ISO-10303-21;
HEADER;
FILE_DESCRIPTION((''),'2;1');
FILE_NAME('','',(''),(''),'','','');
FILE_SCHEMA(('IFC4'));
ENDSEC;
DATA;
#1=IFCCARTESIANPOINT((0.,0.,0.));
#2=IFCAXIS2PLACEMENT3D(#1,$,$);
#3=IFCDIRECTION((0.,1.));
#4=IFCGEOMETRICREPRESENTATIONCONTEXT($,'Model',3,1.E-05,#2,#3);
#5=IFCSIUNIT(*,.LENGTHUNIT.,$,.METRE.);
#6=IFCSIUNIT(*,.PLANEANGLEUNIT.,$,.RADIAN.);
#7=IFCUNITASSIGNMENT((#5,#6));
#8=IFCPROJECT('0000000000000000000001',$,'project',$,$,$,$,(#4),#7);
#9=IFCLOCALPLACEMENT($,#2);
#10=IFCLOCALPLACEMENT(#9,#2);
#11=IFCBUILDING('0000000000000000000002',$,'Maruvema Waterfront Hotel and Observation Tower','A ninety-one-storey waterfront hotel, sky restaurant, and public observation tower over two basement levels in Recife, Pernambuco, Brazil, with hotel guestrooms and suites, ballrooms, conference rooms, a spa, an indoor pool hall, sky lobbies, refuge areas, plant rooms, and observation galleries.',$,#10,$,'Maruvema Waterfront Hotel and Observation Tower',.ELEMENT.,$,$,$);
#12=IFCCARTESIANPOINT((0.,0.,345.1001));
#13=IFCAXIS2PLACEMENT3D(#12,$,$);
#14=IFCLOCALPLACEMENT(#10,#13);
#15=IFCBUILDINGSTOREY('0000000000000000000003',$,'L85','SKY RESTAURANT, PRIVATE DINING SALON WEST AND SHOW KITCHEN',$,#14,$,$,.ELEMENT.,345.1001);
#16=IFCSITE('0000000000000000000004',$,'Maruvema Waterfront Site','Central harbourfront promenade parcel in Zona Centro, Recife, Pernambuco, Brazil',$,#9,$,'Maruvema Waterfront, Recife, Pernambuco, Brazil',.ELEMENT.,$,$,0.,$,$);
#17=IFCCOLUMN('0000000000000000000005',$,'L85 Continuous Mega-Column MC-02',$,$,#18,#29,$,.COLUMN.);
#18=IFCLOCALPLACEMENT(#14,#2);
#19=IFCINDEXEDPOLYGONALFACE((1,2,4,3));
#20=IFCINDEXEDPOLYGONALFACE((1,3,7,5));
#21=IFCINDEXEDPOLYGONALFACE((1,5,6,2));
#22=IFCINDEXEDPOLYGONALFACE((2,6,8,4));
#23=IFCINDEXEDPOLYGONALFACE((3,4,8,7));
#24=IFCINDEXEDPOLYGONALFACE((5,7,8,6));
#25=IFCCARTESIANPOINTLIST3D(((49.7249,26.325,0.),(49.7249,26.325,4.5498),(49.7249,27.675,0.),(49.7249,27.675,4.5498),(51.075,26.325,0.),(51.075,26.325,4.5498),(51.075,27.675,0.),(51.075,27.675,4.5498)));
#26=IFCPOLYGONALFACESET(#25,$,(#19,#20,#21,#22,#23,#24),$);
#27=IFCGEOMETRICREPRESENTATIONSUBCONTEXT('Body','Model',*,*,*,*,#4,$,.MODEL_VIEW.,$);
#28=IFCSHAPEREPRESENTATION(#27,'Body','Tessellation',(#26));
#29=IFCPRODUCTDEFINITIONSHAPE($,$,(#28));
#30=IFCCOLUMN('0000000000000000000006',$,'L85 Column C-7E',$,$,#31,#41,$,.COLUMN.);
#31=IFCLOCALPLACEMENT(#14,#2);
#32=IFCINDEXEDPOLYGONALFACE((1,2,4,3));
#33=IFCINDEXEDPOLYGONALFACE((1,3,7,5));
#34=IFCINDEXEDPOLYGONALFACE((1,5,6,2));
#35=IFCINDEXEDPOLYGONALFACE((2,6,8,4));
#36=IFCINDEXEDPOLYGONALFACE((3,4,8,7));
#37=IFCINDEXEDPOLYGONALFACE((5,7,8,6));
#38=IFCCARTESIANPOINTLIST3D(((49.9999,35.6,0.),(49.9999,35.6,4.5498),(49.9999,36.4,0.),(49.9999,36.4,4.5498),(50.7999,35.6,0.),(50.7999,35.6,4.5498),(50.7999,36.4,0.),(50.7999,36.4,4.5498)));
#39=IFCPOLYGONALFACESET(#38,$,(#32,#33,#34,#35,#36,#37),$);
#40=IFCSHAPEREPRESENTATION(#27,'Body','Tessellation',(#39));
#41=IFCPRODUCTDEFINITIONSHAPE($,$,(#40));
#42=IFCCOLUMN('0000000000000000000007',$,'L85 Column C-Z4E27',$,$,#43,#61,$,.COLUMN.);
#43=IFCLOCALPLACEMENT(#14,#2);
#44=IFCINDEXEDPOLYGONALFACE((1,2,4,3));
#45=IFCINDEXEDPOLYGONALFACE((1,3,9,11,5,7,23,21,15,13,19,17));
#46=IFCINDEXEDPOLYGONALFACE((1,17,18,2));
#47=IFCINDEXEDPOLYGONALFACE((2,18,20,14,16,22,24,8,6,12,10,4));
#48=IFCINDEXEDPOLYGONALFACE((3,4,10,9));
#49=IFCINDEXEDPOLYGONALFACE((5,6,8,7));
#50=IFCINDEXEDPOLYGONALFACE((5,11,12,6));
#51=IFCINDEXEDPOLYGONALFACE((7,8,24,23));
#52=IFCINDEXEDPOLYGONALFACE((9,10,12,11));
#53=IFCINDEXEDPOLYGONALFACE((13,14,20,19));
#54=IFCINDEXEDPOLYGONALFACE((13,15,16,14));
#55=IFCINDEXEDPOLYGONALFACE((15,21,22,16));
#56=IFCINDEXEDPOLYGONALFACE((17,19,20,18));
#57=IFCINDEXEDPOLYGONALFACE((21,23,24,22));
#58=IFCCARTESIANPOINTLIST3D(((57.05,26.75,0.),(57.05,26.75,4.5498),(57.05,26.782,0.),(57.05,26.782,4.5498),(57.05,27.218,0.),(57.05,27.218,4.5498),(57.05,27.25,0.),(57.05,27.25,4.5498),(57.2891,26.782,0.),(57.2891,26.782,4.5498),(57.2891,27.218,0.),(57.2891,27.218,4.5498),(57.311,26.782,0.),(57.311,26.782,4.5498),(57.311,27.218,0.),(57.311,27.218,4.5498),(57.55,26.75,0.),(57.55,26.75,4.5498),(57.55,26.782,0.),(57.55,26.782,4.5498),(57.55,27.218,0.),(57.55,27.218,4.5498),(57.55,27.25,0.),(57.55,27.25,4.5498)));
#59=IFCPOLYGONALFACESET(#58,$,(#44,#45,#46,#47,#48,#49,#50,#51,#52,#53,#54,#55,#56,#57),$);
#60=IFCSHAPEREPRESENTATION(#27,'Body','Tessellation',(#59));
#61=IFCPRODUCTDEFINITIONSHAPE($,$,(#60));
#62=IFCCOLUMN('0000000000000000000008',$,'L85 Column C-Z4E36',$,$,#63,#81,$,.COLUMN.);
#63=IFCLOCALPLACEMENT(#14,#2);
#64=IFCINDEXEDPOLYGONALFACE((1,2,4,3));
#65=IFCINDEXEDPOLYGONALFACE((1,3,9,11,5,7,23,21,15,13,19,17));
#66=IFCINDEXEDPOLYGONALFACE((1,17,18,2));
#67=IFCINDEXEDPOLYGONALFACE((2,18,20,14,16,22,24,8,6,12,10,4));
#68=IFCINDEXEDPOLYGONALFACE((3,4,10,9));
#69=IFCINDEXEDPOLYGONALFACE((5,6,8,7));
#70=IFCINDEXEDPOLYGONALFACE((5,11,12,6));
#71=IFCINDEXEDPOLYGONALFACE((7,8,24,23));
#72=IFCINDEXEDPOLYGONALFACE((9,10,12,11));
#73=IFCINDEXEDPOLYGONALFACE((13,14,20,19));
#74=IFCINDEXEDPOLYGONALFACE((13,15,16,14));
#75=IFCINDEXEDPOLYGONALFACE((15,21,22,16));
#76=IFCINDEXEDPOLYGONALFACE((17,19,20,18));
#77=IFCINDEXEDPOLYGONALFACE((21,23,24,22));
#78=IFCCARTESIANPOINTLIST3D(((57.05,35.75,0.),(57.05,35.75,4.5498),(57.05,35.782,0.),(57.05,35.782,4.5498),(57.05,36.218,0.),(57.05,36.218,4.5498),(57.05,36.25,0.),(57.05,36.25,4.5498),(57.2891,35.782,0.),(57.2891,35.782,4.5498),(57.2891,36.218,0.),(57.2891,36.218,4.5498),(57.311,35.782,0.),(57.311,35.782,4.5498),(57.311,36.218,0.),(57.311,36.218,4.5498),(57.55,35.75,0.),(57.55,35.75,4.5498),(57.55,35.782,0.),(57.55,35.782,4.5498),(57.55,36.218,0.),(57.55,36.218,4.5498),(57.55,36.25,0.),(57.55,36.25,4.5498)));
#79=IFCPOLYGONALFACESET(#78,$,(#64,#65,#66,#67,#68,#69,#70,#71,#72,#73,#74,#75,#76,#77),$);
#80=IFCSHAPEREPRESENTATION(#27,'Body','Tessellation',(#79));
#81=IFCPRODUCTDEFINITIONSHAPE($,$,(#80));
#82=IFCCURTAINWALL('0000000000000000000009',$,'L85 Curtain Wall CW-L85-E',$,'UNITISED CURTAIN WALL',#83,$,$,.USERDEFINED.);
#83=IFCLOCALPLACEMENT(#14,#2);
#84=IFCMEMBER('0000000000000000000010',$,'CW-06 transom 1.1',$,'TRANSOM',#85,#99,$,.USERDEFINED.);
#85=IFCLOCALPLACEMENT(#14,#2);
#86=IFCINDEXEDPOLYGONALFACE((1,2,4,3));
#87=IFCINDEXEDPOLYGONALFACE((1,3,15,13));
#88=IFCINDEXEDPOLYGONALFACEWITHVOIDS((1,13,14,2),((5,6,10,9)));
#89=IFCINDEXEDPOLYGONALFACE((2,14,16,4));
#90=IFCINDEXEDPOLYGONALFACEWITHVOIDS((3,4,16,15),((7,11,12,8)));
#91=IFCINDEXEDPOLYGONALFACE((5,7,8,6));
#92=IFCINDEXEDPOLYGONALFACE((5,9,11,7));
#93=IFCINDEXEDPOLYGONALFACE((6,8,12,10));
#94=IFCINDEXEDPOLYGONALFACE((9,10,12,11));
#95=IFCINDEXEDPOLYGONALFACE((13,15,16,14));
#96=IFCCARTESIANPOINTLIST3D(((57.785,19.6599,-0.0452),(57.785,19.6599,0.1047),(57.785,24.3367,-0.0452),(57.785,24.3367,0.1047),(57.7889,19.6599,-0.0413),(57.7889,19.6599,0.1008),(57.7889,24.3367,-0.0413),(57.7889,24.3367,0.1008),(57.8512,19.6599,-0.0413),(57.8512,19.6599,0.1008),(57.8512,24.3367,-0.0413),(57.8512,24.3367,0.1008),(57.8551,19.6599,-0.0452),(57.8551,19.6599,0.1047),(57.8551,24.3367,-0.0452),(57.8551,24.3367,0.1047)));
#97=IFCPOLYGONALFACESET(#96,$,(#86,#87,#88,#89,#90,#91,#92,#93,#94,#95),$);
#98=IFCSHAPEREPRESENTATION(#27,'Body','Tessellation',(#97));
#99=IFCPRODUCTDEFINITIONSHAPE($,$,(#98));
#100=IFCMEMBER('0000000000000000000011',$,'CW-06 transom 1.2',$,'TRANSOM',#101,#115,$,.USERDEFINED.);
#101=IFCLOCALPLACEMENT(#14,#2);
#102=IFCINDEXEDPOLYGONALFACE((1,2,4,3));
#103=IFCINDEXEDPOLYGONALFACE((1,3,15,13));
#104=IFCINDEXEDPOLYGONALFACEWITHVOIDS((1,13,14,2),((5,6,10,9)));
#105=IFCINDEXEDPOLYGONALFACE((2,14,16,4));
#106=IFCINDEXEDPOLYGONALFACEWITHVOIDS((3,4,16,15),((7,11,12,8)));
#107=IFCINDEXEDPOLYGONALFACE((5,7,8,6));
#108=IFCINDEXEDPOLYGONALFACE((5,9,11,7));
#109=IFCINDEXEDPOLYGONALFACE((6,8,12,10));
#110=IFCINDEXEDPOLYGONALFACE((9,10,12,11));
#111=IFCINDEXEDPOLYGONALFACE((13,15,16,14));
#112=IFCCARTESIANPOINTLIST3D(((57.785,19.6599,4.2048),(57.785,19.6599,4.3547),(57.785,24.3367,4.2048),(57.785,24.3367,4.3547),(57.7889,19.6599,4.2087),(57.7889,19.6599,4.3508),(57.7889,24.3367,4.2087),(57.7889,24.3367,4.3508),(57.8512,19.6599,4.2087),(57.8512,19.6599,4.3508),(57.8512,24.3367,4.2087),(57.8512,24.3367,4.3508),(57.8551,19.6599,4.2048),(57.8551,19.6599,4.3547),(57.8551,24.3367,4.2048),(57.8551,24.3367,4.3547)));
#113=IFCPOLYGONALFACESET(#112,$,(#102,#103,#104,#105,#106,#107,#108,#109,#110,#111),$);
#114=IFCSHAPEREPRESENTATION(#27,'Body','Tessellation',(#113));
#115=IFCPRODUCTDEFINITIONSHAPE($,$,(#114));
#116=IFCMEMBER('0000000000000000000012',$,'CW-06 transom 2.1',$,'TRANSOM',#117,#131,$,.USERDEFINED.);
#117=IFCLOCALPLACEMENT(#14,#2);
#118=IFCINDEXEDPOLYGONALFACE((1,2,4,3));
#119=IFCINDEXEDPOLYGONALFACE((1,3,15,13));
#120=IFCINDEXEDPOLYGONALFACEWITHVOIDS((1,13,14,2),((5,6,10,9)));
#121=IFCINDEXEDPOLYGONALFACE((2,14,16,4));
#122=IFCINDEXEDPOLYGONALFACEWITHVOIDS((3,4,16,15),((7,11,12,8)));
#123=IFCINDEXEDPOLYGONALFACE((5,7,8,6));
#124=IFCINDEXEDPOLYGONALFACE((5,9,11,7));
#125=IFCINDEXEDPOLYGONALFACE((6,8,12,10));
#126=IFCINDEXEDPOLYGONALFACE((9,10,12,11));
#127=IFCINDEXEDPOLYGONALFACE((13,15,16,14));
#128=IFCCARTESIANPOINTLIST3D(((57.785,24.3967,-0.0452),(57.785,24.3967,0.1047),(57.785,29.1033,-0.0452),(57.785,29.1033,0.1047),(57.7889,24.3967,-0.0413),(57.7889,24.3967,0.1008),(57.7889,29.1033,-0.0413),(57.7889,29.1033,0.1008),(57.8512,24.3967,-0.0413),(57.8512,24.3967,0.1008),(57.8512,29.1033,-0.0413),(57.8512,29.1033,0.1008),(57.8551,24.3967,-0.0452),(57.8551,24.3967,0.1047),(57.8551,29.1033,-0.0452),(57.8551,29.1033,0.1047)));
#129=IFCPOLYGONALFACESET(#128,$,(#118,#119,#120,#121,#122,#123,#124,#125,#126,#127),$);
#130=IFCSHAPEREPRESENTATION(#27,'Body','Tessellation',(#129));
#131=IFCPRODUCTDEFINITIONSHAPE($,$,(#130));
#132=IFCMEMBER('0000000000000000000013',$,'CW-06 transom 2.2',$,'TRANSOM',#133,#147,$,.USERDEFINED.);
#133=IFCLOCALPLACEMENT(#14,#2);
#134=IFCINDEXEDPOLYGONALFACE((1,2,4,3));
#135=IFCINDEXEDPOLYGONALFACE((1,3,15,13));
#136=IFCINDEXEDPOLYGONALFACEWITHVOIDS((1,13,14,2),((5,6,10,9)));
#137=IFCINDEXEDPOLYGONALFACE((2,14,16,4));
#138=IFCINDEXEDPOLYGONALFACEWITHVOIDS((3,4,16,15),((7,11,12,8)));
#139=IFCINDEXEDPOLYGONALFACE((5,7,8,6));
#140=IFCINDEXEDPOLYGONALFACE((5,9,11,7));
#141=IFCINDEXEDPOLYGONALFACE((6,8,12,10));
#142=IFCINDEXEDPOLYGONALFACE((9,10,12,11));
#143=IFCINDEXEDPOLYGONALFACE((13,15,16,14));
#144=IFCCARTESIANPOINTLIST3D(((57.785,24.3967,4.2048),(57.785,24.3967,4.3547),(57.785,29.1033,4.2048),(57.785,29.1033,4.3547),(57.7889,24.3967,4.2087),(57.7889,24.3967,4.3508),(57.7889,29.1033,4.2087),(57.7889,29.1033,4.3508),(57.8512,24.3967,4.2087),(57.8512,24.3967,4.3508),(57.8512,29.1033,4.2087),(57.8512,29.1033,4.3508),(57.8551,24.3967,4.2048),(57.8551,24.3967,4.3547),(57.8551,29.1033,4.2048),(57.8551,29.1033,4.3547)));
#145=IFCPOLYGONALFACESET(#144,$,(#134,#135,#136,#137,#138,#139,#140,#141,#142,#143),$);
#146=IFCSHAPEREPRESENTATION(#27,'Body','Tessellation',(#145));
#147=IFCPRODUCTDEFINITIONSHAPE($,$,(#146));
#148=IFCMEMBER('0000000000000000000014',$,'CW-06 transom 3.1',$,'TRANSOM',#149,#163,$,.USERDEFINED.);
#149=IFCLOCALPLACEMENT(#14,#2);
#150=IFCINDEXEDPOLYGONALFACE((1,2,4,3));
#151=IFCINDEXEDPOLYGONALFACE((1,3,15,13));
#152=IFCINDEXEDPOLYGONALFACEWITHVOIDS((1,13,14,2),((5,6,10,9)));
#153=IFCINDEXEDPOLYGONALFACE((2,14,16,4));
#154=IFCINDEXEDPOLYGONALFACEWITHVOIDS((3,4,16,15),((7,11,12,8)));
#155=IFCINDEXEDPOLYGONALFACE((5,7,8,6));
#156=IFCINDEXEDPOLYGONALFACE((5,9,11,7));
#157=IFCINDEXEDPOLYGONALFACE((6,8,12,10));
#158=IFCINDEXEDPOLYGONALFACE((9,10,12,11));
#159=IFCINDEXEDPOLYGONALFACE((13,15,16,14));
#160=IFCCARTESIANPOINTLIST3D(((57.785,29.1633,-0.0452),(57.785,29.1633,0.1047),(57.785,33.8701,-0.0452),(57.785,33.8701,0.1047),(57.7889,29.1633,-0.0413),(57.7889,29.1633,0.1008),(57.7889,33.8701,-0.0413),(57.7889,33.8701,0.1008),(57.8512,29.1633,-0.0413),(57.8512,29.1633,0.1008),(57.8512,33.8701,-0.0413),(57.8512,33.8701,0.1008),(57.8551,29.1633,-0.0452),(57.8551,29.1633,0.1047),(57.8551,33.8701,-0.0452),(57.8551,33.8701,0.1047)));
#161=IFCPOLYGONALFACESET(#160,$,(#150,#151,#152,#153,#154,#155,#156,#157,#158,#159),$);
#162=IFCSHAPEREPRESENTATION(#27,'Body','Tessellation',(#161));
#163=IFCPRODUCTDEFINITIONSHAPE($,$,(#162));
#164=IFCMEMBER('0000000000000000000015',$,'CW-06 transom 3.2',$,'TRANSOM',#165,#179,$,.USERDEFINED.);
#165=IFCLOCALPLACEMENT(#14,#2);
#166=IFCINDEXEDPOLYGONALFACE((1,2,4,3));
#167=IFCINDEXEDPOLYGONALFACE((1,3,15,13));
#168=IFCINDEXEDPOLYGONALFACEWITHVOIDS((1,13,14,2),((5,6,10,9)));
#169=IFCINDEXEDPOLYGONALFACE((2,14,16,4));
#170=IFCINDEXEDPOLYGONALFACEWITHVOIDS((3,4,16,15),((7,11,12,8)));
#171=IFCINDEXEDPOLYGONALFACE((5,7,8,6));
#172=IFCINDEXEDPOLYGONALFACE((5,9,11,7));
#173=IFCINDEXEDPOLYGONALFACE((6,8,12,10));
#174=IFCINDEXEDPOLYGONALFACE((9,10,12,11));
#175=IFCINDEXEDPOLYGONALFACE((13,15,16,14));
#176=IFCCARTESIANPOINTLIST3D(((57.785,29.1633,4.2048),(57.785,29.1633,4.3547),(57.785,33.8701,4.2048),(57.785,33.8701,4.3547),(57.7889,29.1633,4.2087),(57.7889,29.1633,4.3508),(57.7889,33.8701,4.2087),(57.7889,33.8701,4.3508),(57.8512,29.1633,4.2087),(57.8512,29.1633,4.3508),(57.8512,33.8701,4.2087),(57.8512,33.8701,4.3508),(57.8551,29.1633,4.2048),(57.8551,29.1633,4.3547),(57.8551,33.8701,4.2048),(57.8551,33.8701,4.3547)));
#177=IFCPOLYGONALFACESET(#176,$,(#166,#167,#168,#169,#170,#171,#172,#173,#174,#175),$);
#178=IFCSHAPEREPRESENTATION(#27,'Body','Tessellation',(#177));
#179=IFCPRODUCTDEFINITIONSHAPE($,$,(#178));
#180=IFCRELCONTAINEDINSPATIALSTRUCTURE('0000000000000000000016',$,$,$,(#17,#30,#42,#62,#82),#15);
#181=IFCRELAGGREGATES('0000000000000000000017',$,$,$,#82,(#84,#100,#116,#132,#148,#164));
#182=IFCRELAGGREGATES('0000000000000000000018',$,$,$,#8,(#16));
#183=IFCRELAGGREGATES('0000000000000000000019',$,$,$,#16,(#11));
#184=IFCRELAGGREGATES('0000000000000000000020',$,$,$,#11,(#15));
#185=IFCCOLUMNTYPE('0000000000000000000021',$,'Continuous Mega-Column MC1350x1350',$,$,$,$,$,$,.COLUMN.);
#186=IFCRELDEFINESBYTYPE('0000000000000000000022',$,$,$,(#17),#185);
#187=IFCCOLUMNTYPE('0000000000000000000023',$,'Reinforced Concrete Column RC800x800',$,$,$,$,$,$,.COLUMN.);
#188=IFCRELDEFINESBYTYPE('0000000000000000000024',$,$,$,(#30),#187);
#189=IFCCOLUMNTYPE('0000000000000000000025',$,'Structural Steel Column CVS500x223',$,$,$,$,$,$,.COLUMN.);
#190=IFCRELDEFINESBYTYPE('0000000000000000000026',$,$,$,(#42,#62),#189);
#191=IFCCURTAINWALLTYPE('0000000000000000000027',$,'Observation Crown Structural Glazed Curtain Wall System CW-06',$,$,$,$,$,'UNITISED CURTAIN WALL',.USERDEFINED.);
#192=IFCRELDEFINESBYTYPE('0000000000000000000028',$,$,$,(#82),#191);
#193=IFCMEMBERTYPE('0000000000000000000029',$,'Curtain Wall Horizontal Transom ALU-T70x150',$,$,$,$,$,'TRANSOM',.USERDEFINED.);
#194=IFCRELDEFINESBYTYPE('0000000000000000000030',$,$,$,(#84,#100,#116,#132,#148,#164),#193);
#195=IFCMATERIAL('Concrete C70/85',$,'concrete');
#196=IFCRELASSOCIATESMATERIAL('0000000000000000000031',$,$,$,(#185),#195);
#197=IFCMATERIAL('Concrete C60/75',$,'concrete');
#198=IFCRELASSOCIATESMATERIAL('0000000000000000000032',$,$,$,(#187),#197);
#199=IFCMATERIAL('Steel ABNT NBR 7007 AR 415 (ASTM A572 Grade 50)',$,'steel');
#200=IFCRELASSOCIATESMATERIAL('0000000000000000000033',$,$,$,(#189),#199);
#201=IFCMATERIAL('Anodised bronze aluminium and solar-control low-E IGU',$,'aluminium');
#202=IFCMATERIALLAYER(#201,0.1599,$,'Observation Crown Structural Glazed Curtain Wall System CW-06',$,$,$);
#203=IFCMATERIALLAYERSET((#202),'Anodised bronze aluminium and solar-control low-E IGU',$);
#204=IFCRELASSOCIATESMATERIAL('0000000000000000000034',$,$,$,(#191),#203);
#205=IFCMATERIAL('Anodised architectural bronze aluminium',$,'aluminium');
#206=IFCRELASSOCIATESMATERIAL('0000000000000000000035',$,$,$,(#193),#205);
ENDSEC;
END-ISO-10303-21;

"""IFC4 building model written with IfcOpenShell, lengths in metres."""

from ifc_helpers import new_model, si_unit, direction, frame, origin, origin_2d, place, context, subcontext, project, spatial, rectangle, hollow_rectangle, i_section, extrude, material, layer, layer_set, material_profile, profile_set, type_object, element, aggregate, save


model = new_model("IFC4")

# Units and contexts
model_context = context("Model", 3, precision=1e-05, world=origin(), true_north=direction((0.0, 1.0)))
body_context = subcontext(model_context, "Body", "Model", "MODEL_VIEW")
ifc_project = project(units=[si_unit("LENGTHUNIT", "METRE"), si_unit("PLANEANGLEUNIT", "RADIAN")], contexts=[model_context])

# Site, building, storey
site_placement = place(None, origin())
site = spatial("IfcSite", under=ifc_project, at=site_placement, Name="Maruvema Waterfront Site", Description="Central harbourfront promenade parcel in Zona Centro, Recife, Pernambuco, Brazil", LongName="Maruvema Waterfront, Recife, Pernambuco, Brazil", CompositionType="ELEMENT", RefElevation=0.0)
building_placement = place(site_placement, origin())
building = spatial("IfcBuilding", under=site, at=building_placement, Name="Maruvema Waterfront Hotel and Observation Tower", Description="A ninety-one-storey waterfront hotel, sky restaurant, and public observation tower over two basement levels in Recife, Pernambuco, Brazil, with hotel guestrooms and suites, ballrooms, conference rooms, a spa, an indoor pool hall, sky lobbies, refuge areas, plant rooms, and observation galleries.", LongName="Maruvema Waterfront Hotel and Observation Tower", CompositionType="ELEMENT")
storey_placement = place(building_placement, frame((0.0, 0.0, 345.1001)))
storey = spatial("IfcBuildingStorey", under=building, at=storey_placement, Name="L85", Description="SKY RESTAURANT, PRIVATE DINING SALON WEST AND SHOW KITCHEN", CompositionType="ELEMENT", Elevation=345.1001)

# Columns
ifc_material_1 = material(Name="Concrete C70/85", Category="concrete")
ifc_material_profile_1 = material_profile(ifc_material_1, rectangle(XDim=1.3501, YDim=1.3501, at=origin_2d()), Name="MC1350x1350")
ifc_profile_set_1 = profile_set([ifc_material_profile_1], Name="Concrete C70/85")
column_type_1 = type_object("IfcColumnType", Name="Continuous Mega-Column MC1350x1350", PredefinedType="COLUMN", material=ifc_profile_set_1)
column_1_placement = place(storey_placement, frame((50.3999, 27.0, 0.0), z_axis=(0.0, 0.0, 1.0), x_axis=(1.0, 0.0, 0.0)))
element("IfcColumn", 1, at=column_1_placement, inside=storey, type_object=column_type_1, Name="L85 Continuous Mega-Column MC-02", PredefinedType="COLUMN", context=body_context, shape_type="SweptSolid", body=[
    extrude(rectangle(XDim=1.3501, YDim=1.3501, at=origin_2d()), origin(), (0.0, 0.0, 1.0), 4.5498),
])
ifc_material_2 = material(Name="Concrete C60/75", Category="concrete")
ifc_material_profile_2 = material_profile(ifc_material_2, rectangle(XDim=0.8, YDim=0.8, at=origin_2d()), Name="RC800x800")
ifc_profile_set_2 = profile_set([ifc_material_profile_2], Name="Concrete C60/75")
column_type_2 = type_object("IfcColumnType", Name="Reinforced Concrete Column RC800x800", PredefinedType="COLUMN", material=ifc_profile_set_2)
column_2_placement = place(storey_placement, frame((50.3999, 36.0, 0.0), z_axis=(0.0, 0.0, 1.0), x_axis=(1.0, 0.0, 0.0)))
element("IfcColumn", 2, at=column_2_placement, inside=storey, type_object=column_type_2, Name="L85 Column C-7E", PredefinedType="COLUMN", context=body_context, shape_type="SweptSolid", body=[
    extrude(rectangle(XDim=0.8, YDim=0.8, at=origin_2d()), origin(), (0.0, 0.0, 1.0), 4.5498),
])
ifc_material_3 = material(Name="Steel ABNT NBR 7007 AR 415 (ASTM A572 Grade 50)", Category="steel")
ifc_material_profile_3 = material_profile(ifc_material_3, i_section(OverallWidth=0.5, OverallDepth=0.5, WebThickness=0.022, FlangeThickness=0.032, at=origin_2d()), Name="CVS500x223")
ifc_profile_set_3 = profile_set([ifc_material_profile_3], Name="Steel ABNT NBR 7007 AR 415 (ASTM A572 Grade 50)")
column_type_3 = type_object("IfcColumnType", Name="Structural Steel Column CVS500x223", PredefinedType="COLUMN", material=ifc_profile_set_3)
for number, where, z_axis, x_axis, name in (
    (3, (57.3, 27.0, 0.0), (0.0, 0.0, 1.0), (1.0, 0.0, 0.0), "L85 Column C-Z4E27"),
    (4, (57.3, 36.0, 0.0), (0.0, 0.0, 1.0), (1.0, 0.0, 0.0), "L85 Column C-Z4E36"),
):
    element("IfcColumn", number, at=place(storey_placement, frame(where, z_axis=z_axis, x_axis=x_axis)), inside=storey, type_object=column_type_3, Name=name, PredefinedType="COLUMN", context=body_context, shape_type="SweptSolid", body=[
        extrude(i_section(OverallWidth=0.5, OverallDepth=0.5, WebThickness=0.022, FlangeThickness=0.032, at=origin_2d()), origin(), (0.0, 0.0, 1.0), 4.5498),
    ])

# Curtain wall, members
ifc_material_4 = material(Name="Anodised bronze aluminium and solar-control low-E IGU", Category="aluminium")
ifc_layer_1 = layer(ifc_material_4, 0.1599, Name="Observation Crown Structural Glazed Curtain Wall System CW-06")
ifc_layer_set_1 = layer_set([ifc_layer_1], Name="Anodised bronze aluminium and solar-control low-E IGU")
curtain_wall_type = type_object("IfcCurtainWallType", Name="Observation Crown Structural Glazed Curtain Wall System CW-06", ElementType="UNITISED CURTAIN WALL", PredefinedType="USERDEFINED", material=ifc_layer_set_1)
curtain_wall_1_placement = place(storey_placement, origin())
curtain_wall_1 = element("IfcCurtainWall", 5, at=curtain_wall_1_placement, inside=storey, type_object=curtain_wall_type, Name="L85 Curtain Wall CW-L85-E", ObjectType="UNITISED CURTAIN WALL", PredefinedType="USERDEFINED")
ifc_material_5 = material(Name="Anodised architectural bronze aluminium", Category="aluminium")
ifc_material_profile_4 = material_profile(ifc_material_5, hollow_rectangle(XDim=0.0701, YDim=0.1499, WallThickness=0.0039, at=origin_2d()), Name="ALU-T70x150")
ifc_profile_set_4 = profile_set([ifc_material_profile_4], Name="Anodised architectural bronze aluminium")
member_type_1 = type_object("IfcMemberType", Name="Curtain Wall Horizontal Transom ALU-T70x150", ElementType="TRANSOM", PredefinedType="USERDEFINED", material=ifc_profile_set_4)
member_1_placement = place(storey_placement, frame((57.8201, 19.6599, 0.0298), z_axis=(0.0, 1.0, 0.0), x_axis=(-1.0, 0.0, 0.0)))
member_1 = element("IfcMember", 6, at=member_1_placement, type_object=member_type_1, Name="CW-06 transom 1.1", ObjectType="TRANSOM", PredefinedType="USERDEFINED", context=body_context, shape_type="SweptSolid", body=[
    extrude(hollow_rectangle(XDim=0.0701, YDim=0.1499, WallThickness=0.0039, at=origin_2d()), origin(), (0.0, 0.0, 1.0), 4.6768),
])
member_2_placement = place(storey_placement, frame((57.8201, 19.6599, 4.2798), z_axis=(0.0, 1.0, 0.0), x_axis=(-1.0, 0.0, 0.0)))
member_2 = element("IfcMember", 7, at=member_2_placement, type_object=member_type_1, Name="CW-06 transom 1.2", ObjectType="TRANSOM", PredefinedType="USERDEFINED", context=body_context, shape_type="SweptSolid", body=[
    extrude(hollow_rectangle(XDim=0.0701, YDim=0.1499, WallThickness=0.0039, at=origin_2d()), origin(), (0.0, 0.0, 1.0), 4.6768),
])
member_3_placement = place(storey_placement, frame((57.8201, 24.3967, 0.0298), z_axis=(0.0, 1.0, 0.0), x_axis=(-1.0, 0.0, 0.0)))
member_3 = element("IfcMember", 8, at=member_3_placement, type_object=member_type_1, Name="CW-06 transom 2.1", ObjectType="TRANSOM", PredefinedType="USERDEFINED", context=body_context, shape_type="SweptSolid", body=[
    extrude(hollow_rectangle(XDim=0.0701, YDim=0.1499, WallThickness=0.0039, at=origin_2d()), origin(), (0.0, 0.0, 1.0), 4.7065),
])
member_4_placement = place(storey_placement, frame((57.8201, 24.3967, 4.2798), z_axis=(0.0, 1.0, 0.0), x_axis=(-1.0, 0.0, 0.0)))
member_4 = element("IfcMember", 9, at=member_4_placement, type_object=member_type_1, Name="CW-06 transom 2.2", ObjectType="TRANSOM", PredefinedType="USERDEFINED", context=body_context, shape_type="SweptSolid", body=[
    extrude(hollow_rectangle(XDim=0.0701, YDim=0.1499, WallThickness=0.0039, at=origin_2d()), origin(), (0.0, 0.0, 1.0), 4.7065),
])
member_5_placement = place(storey_placement, frame((57.8201, 29.1633, 0.0298), z_axis=(0.0, 1.0, 0.0), x_axis=(-1.0, 0.0, 0.0)))
member_5 = element("IfcMember", 10, at=member_5_placement, type_object=member_type_1, Name="CW-06 transom 3.1", ObjectType="TRANSOM", PredefinedType="USERDEFINED", context=body_context, shape_type="SweptSolid", body=[
    extrude(hollow_rectangle(XDim=0.0701, YDim=0.1499, WallThickness=0.0039, at=origin_2d()), origin(), (0.0, 0.0, 1.0), 4.7068),
])
member_6_placement = place(storey_placement, frame((57.8201, 29.1633, 4.2798), z_axis=(0.0, 1.0, 0.0), x_axis=(-1.0, 0.0, 0.0)))
member_6 = element("IfcMember", 11, at=member_6_placement, type_object=member_type_1, Name="CW-06 transom 3.2", ObjectType="TRANSOM", PredefinedType="USERDEFINED", context=body_context, shape_type="SweptSolid", body=[
    extrude(hollow_rectangle(XDim=0.0701, YDim=0.1499, WallThickness=0.0039, at=origin_2d()), origin(), (0.0, 0.0, 1.0), 4.7068),
])

aggregate(curtain_wall_1, [member_1, member_2, member_3, member_4, member_5, member_6])

save(model, "model.ifc")
